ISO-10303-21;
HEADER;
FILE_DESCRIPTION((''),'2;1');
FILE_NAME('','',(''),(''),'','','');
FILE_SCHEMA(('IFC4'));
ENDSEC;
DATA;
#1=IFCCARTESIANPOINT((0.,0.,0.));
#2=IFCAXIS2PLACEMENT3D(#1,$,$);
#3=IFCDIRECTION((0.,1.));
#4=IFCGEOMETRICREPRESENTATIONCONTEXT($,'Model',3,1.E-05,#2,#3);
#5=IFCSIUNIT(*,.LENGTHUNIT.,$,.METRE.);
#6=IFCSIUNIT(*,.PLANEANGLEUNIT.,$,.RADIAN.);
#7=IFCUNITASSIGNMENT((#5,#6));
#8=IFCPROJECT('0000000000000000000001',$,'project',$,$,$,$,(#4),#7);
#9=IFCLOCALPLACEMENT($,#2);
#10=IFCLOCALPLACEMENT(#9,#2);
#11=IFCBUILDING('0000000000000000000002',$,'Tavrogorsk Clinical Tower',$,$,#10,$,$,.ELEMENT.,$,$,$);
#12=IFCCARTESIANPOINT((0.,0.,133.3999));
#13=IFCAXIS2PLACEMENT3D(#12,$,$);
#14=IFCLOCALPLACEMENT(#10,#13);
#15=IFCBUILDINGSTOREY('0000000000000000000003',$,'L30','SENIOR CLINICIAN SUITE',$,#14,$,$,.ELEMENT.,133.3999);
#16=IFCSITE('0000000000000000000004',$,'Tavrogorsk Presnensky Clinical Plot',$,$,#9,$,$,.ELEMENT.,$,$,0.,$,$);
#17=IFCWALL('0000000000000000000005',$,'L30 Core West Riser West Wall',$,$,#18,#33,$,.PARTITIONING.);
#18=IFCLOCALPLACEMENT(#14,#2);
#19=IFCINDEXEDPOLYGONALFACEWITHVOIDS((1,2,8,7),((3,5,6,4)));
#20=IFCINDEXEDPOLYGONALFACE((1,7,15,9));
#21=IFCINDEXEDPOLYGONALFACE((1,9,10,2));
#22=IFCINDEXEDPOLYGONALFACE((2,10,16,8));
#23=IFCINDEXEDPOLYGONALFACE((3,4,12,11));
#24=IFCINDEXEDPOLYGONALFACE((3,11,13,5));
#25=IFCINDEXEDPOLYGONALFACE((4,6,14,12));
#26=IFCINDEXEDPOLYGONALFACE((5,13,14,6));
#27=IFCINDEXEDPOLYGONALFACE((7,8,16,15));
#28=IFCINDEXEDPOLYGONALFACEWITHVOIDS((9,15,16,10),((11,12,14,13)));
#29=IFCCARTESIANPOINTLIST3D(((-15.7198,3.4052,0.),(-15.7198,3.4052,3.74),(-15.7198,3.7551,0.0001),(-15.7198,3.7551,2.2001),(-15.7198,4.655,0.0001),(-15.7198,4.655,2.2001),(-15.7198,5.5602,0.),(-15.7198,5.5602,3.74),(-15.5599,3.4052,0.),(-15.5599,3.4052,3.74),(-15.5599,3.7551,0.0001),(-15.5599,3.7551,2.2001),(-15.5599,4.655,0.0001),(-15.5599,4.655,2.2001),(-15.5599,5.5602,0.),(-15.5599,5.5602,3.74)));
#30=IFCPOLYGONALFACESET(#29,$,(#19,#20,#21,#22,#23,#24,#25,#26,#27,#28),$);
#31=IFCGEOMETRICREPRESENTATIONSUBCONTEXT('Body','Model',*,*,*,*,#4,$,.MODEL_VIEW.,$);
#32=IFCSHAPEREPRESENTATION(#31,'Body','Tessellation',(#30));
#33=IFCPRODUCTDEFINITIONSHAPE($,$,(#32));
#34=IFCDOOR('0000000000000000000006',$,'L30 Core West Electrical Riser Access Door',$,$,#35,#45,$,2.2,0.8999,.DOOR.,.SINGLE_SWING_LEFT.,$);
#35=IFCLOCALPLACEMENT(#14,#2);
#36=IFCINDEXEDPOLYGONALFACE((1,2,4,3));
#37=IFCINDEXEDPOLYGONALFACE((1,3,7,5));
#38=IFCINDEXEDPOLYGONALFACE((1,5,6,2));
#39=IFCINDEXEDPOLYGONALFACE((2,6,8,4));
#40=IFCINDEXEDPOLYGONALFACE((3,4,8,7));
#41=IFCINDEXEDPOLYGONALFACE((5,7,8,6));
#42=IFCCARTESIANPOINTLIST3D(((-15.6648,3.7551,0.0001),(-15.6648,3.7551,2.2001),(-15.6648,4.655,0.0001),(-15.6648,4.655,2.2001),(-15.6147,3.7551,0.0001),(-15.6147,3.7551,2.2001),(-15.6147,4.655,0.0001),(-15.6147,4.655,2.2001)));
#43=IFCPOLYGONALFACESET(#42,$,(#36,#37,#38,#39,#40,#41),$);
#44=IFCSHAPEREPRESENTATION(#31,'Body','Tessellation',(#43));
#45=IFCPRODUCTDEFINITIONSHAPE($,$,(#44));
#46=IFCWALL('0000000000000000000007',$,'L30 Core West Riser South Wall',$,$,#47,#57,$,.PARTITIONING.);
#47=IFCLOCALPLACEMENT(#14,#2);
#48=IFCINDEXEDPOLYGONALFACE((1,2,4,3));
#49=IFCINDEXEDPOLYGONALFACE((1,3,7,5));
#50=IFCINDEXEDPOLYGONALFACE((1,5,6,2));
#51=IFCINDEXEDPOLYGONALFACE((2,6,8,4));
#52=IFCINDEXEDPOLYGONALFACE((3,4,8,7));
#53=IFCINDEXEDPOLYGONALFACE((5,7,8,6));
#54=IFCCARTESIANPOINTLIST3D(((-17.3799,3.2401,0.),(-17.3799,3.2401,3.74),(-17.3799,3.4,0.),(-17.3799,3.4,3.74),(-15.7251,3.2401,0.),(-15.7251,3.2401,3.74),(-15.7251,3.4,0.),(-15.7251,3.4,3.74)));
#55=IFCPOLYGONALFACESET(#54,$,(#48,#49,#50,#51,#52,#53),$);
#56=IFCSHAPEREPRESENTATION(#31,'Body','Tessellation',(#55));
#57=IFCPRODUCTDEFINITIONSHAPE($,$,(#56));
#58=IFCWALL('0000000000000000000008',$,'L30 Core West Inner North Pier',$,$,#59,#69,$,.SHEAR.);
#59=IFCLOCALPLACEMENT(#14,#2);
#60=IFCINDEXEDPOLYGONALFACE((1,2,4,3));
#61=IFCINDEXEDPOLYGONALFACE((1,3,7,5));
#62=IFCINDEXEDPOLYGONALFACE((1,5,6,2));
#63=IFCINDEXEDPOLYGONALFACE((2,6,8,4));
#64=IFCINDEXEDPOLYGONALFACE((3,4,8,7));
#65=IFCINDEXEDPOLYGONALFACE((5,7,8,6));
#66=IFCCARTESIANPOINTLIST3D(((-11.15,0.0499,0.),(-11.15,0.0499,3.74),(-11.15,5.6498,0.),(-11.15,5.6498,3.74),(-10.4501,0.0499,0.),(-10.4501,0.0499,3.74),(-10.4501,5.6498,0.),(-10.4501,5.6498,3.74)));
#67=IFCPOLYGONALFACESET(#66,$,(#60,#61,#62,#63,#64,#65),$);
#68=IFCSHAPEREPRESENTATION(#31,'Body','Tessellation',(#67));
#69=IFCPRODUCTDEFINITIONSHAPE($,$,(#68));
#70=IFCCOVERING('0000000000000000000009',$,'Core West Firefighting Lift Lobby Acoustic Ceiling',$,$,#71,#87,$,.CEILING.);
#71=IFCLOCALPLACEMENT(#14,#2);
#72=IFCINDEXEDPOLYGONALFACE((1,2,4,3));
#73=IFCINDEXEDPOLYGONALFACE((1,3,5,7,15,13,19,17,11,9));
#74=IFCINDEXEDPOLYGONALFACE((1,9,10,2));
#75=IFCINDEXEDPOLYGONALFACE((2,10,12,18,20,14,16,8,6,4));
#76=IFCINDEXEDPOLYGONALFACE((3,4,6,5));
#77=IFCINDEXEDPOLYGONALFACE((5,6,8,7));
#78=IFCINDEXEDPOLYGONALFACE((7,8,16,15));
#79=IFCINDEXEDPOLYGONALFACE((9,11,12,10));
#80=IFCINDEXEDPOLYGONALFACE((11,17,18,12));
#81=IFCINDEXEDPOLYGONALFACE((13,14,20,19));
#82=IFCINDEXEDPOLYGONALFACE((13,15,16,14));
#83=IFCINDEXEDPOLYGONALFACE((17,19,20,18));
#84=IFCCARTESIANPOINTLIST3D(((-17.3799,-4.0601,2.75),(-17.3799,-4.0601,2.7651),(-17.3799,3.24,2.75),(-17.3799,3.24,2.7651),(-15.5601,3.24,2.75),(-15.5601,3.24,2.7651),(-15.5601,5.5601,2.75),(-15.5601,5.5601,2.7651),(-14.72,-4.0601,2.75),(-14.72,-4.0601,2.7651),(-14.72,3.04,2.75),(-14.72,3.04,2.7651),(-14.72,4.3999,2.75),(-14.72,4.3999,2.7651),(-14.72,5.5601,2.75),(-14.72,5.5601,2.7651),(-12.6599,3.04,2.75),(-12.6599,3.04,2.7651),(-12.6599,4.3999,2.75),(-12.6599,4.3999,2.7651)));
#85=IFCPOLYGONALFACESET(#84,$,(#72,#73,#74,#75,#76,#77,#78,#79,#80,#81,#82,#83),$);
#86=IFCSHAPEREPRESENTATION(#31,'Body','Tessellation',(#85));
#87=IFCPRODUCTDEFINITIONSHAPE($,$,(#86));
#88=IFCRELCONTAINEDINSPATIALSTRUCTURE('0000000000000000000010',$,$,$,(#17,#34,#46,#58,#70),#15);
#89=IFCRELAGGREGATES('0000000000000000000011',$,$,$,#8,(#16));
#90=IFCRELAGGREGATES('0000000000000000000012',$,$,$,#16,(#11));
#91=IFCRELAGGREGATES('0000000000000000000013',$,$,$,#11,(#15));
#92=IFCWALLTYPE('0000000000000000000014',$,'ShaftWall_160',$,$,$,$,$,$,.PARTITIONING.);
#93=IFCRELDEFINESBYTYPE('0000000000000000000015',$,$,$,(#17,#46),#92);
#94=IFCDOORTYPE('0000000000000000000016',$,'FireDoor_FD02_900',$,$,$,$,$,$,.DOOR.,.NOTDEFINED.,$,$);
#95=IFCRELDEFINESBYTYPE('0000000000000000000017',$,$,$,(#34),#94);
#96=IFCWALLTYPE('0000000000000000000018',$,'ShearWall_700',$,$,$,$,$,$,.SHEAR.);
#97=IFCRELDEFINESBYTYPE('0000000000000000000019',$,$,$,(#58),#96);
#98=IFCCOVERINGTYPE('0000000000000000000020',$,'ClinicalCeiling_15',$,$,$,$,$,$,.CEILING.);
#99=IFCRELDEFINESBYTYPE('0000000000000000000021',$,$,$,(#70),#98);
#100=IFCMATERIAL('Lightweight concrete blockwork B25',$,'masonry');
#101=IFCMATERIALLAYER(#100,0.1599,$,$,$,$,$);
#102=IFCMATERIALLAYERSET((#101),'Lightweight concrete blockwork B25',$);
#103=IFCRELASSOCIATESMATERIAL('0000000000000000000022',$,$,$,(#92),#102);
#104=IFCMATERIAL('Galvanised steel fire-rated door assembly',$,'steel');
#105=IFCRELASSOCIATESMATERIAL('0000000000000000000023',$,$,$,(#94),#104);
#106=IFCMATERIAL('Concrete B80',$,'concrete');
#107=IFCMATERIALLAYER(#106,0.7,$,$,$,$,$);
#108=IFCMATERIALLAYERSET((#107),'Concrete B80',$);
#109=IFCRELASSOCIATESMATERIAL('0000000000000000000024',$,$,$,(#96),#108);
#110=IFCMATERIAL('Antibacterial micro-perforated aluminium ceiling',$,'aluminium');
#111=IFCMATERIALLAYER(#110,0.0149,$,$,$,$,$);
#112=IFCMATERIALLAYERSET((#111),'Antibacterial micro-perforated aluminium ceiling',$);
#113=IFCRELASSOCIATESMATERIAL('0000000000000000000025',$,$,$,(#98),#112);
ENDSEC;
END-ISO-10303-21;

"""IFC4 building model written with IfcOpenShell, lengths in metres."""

from ifc_helpers import new_model, si_unit, direction, frame, frame_2d, origin, place, context, subcontext, project, spatial, polyline, rectangle, outline, extrude, material, layer, layer_set, type_object, element, fill, save


model = new_model("IFC4")

# Units and contexts
model_context = context("Model", 3, precision=1e-05, world=origin(), true_north=direction((0.0, 1.0)))
body_context = subcontext(model_context, "Body", "Model", "MODEL_VIEW")
ifc_project = project(units=[si_unit("LENGTHUNIT", "METRE"), si_unit("PLANEANGLEUNIT", "RADIAN")], contexts=[model_context])

# Site, building, storey
site_placement = place(None, origin())
site = spatial("IfcSite", under=ifc_project, at=site_placement, Name="Tavrogorsk Presnensky Clinical Plot", CompositionType="ELEMENT", RefElevation=0.0)
building_placement = place(site_placement, origin())
building = spatial("IfcBuilding", under=site, at=building_placement, Name="Tavrogorsk Clinical Tower", CompositionType="ELEMENT")
storey_placement = place(building_placement, frame((0.0, 0.0, 133.3999)))
storey = spatial("IfcBuildingStorey", under=building, at=storey_placement, Name="L30", Description="SENIOR CLINICIAN SUITE", CompositionType="ELEMENT", Elevation=133.3999)

# Shared definitions
ifc_material_1 = material(Name="Lightweight concrete blockwork B25", Category="masonry")
ifc_layer_1 = layer(ifc_material_1, 0.1599)
ifc_layer_set_1 = layer_set([ifc_layer_1], Name="Lightweight concrete blockwork B25")
wall_type_1 = type_object("IfcWallType", Name="ShaftWall_160", PredefinedType="PARTITIONING", material=ifc_layer_set_1)

# Wall, opening, door
wall_1_placement = place(storey_placement, frame((-15.6399, 3.405, 0.0), z_axis=(0.0, 0.0, 1.0), x_axis=(0.0, 1.0, 0.0)))
wall_1 = element("IfcWall", 1, at=wall_1_placement, inside=storey, type_object=wall_type_1, Name="L30 Core West Riser West Wall", PredefinedType="PARTITIONING", context=body_context, shape_type="SweptSolid", body=[
    extrude(rectangle(XDim=2.155, YDim=0.1599, at=frame_2d((1.0776, 0.0))), origin(), (0.0, 0.0, 1.0), 3.74),
])
opening_1_placement = place(wall_1_placement, frame((0.3501, 0.0, 0.0)))
opening_1 = element("IfcOpeningElement", 2, at=opening_1_placement, cuts=wall_1, PredefinedType="OPENING", context=body_context, shape_type="SweptSolid", body=[
    extrude(rectangle(XDim=0.8999, YDim=2.2, at=frame_2d((0.45, 1.1001))), frame((0.0, 0.0898, 0.0), z_axis=(0.0, -1.0, 0.0), x_axis=(1.0, 0.0, 0.0)), (0.0, 0.0, 1.0), 0.1799),
])
ifc_material_2 = material(Name="Galvanised steel fire-rated door assembly", Category="steel")
door_type_1 = type_object("IfcDoorType", Name="FireDoor_FD02_900", OperationType="NOTDEFINED", PredefinedType="DOOR", material=ifc_material_2)
door_1_placement = place(opening_1_placement, origin())
door_1 = element("IfcDoor", 3, at=door_1_placement, inside=storey, type_object=door_type_1, Name="L30 Core West Electrical Riser Access Door", OperationType="SINGLE_SWING_LEFT", OverallHeight=2.2, OverallWidth=0.8999, PredefinedType="DOOR", context=body_context, shape_type="SweptSolid", body=[
    extrude(rectangle(XDim=0.8999, YDim=2.2, at=frame_2d((0.45, 1.1001))), frame((0.0, 0.0249, 0.0), z_axis=(0.0, -1.0, 0.0), x_axis=(1.0, 0.0, 0.0)), (0.0, 0.0, 1.0), 0.05),
])
fill(opening_1, door_1)

# Walls
wall_2_placement = place(storey_placement, frame((-17.3799, 3.3201, 0.0), z_axis=(0.0, 0.0, 1.0), x_axis=(1.0, 0.0, 0.0)))
element("IfcWall", 4, at=wall_2_placement, inside=storey, type_object=wall_type_1, Name="L30 Core West Riser South Wall", PredefinedType="PARTITIONING", context=body_context, shape_type="SweptSolid", body=[
    extrude(rectangle(XDim=1.6548, YDim=0.1599, at=frame_2d((0.8274, 0.0))), origin(), (0.0, 0.0, 1.0), 3.74),
])
ifc_material_3 = material(Name="Concrete B80", Category="concrete")
ifc_layer_2 = layer(ifc_material_3, 0.7)
ifc_layer_set_2 = layer_set([ifc_layer_2], Name="Concrete B80")
wall_type_2 = type_object("IfcWallType", Name="ShearWall_700", PredefinedType="SHEAR", material=ifc_layer_set_2)
wall_3_placement = place(storey_placement, frame((-10.8, 0.05, 0.0), z_axis=(0.0, 0.0, 1.0), x_axis=(0.0, 1.0, 0.0)))
element("IfcWall", 5, at=wall_3_placement, inside=storey, type_object=wall_type_2, Name="L30 Core West Inner North Pier", PredefinedType="SHEAR", context=body_context, shape_type="SweptSolid", body=[
    extrude(rectangle(XDim=5.5999, YDim=0.7, at=frame_2d((2.7998, 0.0))), origin(), (0.0, 0.0, 1.0), 3.74),
])

# Covering
ifc_material_4 = material(Name="Antibacterial micro-perforated aluminium ceiling", Category="aluminium")
ifc_layer_3 = layer(ifc_material_4, 0.0149)
ifc_layer_set_3 = layer_set([ifc_layer_3], Name="Antibacterial micro-perforated aluminium ceiling")
covering_type = type_object("IfcCoveringType", Name="ClinicalCeiling_15", PredefinedType="CEILING", material=ifc_layer_set_3)
covering_placement = place(storey_placement, frame((0.0, 0.0, 2.75)))
element("IfcCovering", 6, at=covering_placement, inside=storey, type_object=covering_type, Name="Core West Firefighting Lift Lobby Acoustic Ceiling", PredefinedType="CEILING", context=body_context, shape_type="SweptSolid", body=[
    extrude(outline(polyline([(-17.3799, -4.0601), (-17.3799, 3.24), (-15.5601, 3.24), (-15.5601, 5.5601), (-14.72, 5.5601), (-14.72, 4.3999), (-12.6599, 4.3999), (-12.6599, 3.04), (-14.72, 3.04), (-14.72, -4.0601), (-17.3799, -4.0601)])), origin(), (0.0, 0.0, 1.0), 0.0151),
])

save(model, "model.ifc")
